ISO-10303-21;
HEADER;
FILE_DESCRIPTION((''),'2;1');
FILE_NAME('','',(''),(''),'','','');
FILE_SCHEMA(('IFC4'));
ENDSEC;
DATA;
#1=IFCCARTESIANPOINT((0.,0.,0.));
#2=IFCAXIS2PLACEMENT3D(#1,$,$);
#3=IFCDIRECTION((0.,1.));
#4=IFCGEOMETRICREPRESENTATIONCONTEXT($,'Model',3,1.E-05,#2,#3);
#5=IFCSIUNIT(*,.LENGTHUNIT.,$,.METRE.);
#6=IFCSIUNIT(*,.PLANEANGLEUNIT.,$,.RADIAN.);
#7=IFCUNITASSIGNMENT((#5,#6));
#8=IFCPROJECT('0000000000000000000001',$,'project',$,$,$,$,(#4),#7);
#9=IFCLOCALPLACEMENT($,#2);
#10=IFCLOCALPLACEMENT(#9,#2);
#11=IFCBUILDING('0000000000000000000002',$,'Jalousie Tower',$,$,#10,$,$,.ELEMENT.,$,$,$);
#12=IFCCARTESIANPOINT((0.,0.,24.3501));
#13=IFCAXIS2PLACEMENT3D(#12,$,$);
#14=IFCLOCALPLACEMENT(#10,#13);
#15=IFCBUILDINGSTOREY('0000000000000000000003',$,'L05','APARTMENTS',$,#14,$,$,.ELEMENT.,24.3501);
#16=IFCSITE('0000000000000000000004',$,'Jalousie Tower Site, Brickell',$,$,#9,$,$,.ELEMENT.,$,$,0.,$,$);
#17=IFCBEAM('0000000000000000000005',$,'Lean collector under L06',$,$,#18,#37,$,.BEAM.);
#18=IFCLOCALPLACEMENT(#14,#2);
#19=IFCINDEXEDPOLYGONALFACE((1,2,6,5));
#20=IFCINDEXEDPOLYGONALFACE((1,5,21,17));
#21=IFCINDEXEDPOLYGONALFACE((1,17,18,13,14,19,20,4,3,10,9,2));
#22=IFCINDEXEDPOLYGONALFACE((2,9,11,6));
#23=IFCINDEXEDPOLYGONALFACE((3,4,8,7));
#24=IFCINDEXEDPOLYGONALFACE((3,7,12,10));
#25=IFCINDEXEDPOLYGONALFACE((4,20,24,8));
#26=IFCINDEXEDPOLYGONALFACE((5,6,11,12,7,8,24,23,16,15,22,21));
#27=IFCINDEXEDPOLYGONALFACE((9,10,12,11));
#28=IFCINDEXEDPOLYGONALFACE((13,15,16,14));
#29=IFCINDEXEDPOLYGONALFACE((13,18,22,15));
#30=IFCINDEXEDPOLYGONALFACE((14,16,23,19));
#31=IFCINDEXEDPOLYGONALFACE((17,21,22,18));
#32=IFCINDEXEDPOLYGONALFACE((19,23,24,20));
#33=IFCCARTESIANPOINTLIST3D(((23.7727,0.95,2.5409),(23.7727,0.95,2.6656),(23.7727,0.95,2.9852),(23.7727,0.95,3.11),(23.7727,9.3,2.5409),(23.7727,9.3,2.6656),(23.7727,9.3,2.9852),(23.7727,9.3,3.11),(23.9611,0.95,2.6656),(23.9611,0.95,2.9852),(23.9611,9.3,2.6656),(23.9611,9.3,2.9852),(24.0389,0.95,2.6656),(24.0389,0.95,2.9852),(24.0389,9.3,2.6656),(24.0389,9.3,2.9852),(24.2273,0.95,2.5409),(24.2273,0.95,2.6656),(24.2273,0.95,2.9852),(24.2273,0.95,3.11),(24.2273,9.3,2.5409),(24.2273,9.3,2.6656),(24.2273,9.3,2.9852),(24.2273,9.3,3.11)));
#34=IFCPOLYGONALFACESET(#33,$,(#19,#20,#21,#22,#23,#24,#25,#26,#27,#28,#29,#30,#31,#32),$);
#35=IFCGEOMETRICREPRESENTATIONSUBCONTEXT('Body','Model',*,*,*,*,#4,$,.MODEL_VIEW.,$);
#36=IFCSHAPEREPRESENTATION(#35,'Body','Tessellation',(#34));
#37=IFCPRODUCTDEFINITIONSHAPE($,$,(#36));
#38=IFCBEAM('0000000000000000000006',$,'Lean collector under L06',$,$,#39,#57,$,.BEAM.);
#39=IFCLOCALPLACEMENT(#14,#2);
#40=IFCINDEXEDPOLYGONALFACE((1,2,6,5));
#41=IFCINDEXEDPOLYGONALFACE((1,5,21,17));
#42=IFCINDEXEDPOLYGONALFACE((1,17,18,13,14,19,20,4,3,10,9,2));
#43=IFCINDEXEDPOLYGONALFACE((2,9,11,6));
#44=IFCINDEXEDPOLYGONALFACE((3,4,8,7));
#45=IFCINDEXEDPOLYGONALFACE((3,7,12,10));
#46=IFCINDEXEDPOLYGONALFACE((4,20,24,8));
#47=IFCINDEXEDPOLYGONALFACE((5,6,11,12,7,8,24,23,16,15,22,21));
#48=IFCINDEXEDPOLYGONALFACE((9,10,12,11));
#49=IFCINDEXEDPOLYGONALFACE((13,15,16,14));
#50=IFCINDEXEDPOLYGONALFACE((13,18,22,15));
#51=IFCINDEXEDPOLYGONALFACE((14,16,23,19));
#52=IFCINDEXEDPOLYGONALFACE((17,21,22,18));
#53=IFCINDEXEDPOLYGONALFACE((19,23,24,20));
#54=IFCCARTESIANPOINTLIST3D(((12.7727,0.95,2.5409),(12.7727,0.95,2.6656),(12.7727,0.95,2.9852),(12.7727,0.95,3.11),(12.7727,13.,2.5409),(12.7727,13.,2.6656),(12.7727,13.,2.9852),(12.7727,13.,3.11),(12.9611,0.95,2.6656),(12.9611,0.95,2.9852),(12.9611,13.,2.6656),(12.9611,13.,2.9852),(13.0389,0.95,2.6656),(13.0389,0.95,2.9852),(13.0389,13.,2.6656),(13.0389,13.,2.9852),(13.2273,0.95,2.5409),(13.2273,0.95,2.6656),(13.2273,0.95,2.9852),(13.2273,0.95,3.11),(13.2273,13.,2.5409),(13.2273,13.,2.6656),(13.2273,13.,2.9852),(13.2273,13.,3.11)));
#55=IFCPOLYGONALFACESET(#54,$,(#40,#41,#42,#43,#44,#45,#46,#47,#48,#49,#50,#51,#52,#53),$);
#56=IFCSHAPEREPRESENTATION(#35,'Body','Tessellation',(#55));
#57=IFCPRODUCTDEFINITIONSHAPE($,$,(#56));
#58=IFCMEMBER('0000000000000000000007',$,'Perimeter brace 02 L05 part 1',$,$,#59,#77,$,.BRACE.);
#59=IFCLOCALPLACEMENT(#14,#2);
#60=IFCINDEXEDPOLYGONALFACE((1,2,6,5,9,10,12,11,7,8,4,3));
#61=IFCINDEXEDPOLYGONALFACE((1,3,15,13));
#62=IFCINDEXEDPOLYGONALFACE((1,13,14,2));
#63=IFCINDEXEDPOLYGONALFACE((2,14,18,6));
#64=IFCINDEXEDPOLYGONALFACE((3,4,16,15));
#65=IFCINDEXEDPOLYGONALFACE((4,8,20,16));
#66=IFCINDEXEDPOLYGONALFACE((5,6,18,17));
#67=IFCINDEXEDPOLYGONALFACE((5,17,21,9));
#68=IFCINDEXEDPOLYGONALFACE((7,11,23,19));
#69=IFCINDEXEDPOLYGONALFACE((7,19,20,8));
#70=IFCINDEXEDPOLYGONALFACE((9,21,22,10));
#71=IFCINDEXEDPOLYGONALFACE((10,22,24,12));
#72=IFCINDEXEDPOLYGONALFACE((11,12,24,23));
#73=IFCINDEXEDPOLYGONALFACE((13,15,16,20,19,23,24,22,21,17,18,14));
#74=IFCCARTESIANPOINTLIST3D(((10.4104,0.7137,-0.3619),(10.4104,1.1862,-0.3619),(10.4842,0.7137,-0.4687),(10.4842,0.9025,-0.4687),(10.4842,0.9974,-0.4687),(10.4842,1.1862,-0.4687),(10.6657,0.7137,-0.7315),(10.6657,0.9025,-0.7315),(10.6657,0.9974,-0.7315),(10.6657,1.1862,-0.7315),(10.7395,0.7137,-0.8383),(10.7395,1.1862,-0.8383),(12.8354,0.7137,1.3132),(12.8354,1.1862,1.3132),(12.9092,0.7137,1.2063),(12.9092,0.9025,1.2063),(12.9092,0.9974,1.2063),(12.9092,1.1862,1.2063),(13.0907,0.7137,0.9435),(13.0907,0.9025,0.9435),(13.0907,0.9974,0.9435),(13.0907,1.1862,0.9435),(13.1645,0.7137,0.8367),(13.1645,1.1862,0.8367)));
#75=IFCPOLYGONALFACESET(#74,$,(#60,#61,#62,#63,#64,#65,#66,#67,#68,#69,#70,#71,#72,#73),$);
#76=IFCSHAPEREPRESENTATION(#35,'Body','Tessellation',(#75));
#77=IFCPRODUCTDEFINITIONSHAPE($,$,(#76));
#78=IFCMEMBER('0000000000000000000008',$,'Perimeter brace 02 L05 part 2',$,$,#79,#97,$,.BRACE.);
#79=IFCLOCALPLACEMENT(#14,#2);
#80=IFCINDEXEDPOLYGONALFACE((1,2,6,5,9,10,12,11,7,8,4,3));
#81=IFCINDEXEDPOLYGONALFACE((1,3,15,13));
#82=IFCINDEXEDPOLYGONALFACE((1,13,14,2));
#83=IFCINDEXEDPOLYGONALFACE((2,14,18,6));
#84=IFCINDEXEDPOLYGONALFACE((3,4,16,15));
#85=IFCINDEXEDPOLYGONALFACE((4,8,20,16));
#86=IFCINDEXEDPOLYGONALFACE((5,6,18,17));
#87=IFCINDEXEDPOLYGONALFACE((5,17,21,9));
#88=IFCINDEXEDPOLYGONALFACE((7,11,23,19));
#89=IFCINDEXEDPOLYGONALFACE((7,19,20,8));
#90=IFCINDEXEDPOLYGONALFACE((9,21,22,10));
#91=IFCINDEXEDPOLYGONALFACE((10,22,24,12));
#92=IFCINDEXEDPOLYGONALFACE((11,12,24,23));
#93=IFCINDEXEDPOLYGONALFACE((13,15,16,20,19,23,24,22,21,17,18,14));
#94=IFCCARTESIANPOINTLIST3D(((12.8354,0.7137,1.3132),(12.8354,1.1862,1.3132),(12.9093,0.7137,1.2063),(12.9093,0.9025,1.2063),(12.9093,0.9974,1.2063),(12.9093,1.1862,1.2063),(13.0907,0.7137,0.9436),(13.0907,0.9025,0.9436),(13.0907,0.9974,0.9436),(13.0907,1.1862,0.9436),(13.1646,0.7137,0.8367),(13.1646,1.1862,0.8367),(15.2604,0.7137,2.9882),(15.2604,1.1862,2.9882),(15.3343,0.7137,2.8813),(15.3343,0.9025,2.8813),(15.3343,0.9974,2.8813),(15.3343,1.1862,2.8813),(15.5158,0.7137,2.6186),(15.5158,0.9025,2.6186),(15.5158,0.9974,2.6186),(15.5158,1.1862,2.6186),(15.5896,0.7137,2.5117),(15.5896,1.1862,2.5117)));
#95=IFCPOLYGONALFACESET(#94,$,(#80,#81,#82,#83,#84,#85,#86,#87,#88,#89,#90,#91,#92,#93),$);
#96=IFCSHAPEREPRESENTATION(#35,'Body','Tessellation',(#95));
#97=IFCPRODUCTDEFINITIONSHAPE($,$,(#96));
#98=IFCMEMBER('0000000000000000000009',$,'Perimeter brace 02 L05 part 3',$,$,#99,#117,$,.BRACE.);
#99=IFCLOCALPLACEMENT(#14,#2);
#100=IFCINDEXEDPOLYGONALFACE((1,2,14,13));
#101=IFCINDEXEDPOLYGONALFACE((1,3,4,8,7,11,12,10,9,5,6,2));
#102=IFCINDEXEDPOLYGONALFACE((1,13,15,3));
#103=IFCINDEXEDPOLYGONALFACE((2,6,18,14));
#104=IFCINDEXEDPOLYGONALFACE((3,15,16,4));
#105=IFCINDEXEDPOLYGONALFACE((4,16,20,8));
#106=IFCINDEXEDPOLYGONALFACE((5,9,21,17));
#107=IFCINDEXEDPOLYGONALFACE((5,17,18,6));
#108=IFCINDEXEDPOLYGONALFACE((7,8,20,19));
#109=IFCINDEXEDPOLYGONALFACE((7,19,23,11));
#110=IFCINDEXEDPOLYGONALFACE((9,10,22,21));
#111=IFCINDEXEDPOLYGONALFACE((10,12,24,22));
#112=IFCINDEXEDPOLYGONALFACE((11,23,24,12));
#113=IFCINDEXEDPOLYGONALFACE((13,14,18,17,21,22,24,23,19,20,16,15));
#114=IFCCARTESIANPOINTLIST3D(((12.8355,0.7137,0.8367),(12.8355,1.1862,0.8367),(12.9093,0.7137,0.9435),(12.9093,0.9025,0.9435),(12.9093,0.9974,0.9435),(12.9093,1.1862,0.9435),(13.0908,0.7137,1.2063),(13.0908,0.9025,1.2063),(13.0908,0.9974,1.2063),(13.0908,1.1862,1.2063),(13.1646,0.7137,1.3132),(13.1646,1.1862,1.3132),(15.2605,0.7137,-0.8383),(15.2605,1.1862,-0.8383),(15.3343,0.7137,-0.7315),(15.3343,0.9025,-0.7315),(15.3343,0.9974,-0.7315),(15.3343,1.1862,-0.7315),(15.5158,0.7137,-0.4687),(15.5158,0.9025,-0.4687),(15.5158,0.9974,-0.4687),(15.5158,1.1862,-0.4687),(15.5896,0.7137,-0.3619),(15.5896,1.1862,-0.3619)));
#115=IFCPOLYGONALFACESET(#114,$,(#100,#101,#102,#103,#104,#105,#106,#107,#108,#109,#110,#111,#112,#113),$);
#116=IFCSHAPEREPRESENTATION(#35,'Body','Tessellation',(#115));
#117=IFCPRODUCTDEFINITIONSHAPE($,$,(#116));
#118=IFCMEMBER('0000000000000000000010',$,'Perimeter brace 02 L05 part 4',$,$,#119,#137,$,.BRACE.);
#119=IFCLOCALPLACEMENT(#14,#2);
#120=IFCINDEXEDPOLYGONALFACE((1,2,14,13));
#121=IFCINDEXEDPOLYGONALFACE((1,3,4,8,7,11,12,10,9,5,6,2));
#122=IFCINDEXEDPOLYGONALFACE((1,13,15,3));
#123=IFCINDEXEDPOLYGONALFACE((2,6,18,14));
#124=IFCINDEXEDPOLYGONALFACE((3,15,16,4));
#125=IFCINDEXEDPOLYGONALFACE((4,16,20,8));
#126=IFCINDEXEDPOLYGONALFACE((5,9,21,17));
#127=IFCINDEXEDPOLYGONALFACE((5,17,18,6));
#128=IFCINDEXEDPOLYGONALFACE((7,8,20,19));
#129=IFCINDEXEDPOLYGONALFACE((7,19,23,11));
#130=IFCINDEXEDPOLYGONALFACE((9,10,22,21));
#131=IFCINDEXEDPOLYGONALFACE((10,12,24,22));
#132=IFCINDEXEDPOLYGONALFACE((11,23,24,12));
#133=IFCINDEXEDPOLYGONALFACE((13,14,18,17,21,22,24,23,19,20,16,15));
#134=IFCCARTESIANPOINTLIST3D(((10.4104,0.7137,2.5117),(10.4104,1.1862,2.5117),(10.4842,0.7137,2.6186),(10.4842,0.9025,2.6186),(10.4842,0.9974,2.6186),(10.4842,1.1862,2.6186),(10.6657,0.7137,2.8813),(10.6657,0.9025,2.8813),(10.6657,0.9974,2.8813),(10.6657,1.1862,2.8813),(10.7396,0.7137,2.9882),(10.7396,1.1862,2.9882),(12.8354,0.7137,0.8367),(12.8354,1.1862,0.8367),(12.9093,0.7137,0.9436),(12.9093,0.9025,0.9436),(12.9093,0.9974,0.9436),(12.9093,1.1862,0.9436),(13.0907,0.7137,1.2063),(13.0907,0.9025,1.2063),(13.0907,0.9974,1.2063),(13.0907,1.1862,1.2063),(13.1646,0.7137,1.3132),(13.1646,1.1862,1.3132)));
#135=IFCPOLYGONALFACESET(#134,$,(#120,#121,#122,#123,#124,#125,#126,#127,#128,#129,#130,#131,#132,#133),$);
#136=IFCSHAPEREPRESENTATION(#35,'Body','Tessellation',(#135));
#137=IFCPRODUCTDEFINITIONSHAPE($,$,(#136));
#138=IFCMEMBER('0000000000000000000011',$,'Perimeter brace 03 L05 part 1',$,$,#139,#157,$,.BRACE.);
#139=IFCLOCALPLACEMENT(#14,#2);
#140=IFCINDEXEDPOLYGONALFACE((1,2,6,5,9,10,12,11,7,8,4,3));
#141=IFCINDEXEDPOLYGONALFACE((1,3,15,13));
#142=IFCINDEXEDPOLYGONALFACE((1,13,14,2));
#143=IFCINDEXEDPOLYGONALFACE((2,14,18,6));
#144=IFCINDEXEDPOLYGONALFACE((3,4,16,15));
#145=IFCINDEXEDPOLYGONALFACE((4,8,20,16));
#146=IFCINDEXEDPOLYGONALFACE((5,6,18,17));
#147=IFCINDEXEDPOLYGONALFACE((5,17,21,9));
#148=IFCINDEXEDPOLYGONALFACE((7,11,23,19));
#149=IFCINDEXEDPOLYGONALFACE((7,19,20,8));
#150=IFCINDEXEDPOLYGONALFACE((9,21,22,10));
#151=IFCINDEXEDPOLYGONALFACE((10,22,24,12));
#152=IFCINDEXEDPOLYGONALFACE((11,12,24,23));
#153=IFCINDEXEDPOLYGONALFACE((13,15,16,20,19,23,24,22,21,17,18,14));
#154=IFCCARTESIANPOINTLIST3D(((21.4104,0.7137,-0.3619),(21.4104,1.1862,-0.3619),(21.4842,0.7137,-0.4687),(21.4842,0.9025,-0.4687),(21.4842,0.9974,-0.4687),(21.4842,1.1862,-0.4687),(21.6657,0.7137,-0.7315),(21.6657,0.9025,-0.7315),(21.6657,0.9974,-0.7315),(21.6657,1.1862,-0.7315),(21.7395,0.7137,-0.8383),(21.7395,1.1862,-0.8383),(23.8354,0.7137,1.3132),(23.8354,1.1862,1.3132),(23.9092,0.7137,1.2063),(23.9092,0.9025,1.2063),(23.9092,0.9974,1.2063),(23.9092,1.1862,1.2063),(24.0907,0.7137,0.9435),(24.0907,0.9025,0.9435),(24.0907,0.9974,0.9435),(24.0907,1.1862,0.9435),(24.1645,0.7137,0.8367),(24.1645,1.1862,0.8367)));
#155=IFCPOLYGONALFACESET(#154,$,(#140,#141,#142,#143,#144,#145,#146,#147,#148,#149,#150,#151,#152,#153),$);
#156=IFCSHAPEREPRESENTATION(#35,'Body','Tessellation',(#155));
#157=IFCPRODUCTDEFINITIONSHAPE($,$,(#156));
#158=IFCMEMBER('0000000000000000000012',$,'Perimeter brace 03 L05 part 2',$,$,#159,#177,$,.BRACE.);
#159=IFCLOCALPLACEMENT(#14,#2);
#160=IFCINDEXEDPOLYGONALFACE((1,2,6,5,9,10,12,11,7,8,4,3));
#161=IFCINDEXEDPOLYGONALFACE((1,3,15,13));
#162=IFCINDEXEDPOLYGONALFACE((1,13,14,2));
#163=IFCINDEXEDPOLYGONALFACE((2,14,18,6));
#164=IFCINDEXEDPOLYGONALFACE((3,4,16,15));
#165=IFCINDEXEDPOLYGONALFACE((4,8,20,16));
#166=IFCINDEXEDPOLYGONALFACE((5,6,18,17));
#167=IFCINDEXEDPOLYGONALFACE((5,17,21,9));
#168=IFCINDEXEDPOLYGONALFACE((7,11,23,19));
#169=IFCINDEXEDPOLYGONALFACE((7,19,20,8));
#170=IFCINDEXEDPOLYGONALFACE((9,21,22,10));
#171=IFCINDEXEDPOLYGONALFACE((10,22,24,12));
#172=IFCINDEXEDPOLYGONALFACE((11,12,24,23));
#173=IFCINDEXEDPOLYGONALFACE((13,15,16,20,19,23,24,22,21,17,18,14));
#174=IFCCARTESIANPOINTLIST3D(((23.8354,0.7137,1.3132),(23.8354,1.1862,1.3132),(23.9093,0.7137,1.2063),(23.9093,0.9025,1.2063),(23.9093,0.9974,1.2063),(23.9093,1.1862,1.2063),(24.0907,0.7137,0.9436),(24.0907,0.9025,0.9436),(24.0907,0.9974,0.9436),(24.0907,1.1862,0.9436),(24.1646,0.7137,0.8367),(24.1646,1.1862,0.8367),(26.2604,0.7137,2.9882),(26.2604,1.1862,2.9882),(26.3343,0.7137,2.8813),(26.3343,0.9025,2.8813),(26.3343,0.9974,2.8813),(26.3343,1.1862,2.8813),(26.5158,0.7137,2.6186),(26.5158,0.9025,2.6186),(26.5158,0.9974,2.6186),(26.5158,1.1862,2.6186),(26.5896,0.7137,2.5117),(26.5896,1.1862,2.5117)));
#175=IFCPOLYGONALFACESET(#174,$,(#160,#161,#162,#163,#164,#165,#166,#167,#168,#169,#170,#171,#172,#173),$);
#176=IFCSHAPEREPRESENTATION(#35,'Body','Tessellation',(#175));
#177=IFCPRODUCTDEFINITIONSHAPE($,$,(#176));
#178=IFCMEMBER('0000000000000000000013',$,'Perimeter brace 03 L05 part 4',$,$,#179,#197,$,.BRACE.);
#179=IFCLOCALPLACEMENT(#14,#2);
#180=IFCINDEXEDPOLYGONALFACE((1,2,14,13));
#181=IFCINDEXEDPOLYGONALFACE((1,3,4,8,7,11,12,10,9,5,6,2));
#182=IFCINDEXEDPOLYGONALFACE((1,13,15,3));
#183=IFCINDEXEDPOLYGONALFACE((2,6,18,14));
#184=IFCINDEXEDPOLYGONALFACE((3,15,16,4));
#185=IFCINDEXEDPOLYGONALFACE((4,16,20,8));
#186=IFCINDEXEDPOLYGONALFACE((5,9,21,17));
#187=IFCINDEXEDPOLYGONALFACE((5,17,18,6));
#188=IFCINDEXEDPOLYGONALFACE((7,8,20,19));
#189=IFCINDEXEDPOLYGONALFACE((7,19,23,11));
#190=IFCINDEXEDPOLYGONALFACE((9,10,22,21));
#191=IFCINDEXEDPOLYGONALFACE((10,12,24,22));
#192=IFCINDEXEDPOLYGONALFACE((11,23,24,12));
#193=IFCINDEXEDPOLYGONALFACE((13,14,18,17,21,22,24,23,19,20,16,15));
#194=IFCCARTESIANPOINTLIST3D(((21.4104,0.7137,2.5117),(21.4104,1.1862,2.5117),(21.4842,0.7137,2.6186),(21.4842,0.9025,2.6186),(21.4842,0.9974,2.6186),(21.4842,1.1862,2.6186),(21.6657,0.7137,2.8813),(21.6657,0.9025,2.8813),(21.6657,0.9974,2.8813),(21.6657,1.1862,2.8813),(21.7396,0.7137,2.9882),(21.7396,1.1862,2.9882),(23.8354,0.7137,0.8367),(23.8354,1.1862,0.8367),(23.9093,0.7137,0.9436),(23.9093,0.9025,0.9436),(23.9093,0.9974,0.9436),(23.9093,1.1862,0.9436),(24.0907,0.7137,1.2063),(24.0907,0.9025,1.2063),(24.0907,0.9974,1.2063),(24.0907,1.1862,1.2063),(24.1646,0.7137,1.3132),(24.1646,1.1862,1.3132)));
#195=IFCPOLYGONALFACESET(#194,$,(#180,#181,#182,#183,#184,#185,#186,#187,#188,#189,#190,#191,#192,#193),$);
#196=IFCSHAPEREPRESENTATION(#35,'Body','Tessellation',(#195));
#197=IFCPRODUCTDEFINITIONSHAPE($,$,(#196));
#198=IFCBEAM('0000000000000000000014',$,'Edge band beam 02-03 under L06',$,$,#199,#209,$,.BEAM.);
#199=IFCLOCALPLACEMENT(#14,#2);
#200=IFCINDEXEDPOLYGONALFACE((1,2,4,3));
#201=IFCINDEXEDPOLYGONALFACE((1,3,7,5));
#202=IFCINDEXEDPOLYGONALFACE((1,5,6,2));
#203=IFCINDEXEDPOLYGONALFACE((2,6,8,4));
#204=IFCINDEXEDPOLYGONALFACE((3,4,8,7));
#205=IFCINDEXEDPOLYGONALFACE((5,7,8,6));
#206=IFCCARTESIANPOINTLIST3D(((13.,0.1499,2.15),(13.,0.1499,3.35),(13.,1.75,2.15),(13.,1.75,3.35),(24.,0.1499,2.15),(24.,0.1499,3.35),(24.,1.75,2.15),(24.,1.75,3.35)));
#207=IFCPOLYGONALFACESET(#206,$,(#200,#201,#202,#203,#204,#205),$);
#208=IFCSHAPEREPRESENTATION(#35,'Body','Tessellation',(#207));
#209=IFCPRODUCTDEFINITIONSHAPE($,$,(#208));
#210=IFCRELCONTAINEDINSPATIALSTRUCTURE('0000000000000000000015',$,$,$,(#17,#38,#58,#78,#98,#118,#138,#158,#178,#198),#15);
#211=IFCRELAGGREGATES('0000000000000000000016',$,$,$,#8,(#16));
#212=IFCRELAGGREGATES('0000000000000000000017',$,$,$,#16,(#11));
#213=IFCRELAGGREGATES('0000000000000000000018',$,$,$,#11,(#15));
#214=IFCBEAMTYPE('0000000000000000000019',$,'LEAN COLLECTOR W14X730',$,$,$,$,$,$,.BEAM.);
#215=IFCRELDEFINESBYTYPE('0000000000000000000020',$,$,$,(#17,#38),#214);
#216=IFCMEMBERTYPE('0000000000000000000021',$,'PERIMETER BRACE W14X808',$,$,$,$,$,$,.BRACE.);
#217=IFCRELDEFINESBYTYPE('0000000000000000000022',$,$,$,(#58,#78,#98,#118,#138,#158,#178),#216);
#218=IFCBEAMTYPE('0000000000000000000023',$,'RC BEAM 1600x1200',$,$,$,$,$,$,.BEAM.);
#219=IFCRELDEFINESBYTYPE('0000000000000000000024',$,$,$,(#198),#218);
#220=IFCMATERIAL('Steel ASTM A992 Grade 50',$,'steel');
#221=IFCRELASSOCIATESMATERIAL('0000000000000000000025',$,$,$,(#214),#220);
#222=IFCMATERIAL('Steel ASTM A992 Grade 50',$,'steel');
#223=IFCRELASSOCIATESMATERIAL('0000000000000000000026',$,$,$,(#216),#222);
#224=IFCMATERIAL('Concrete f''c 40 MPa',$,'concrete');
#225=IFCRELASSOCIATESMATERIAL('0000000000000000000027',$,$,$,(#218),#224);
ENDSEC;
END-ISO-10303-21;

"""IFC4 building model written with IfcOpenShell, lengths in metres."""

from ifc_helpers import new_model, si_unit, direction, frame, origin, origin_2d, place, context, subcontext, project, spatial, rectangle, i_section, extrude, material, material_profile, profile_set, type_object, element, save


model = new_model("IFC4")

# Units and contexts
model_context = context("Model", 3, precision=1e-05, world=origin(), true_north=direction((0.0, 1.0)))
body_context = subcontext(model_context, "Body", "Model", "MODEL_VIEW")
ifc_project = project(units=[si_unit("LENGTHUNIT", "METRE"), si_unit("PLANEANGLEUNIT", "RADIAN")], contexts=[model_context])

# Site, building, storey
site_placement = place(None, origin())
site = spatial("IfcSite", under=ifc_project, at=site_placement, Name="Jalousie Tower Site, Brickell", CompositionType="ELEMENT", RefElevation=0.0)
building_placement = place(site_placement, origin())
building = spatial("IfcBuilding", under=site, at=building_placement, Name="Jalousie Tower", CompositionType="ELEMENT")
storey_placement = place(building_placement, frame((0.0, 0.0, 24.3501)))
storey = spatial("IfcBuildingStorey", under=building, at=storey_placement, Name="L05", Description="APARTMENTS", CompositionType="ELEMENT", Elevation=24.3501)

# Beams
ifc_material_1 = material(Name="Steel ASTM A992 Grade 50", Category="steel")
ifc_material_profile_1 = material_profile(ifc_material_1, i_section(OverallWidth=0.4546, OverallDepth=0.5691, WebThickness=0.0779, FlangeThickness=0.1248, at=origin_2d()), Name="W14X730")
ifc_profile_set_1 = profile_set([ifc_material_profile_1], Name="Steel ASTM A992 Grade 50")
beam_type_1 = type_object("IfcBeamType", Name="LEAN COLLECTOR W14X730", PredefinedType="BEAM", material=ifc_profile_set_1)
beam_1_placement = place(storey_placement, frame((24.0, 0.95, 2.8254), z_axis=(0.0, 1.0, 0.0), x_axis=(-1.0, 0.0, 0.0)))
element("IfcBeam", 1, at=beam_1_placement, inside=storey, type_object=beam_type_1, Name="Lean collector under L06", PredefinedType="BEAM", context=body_context, shape_type="SweptSolid", body=[
    extrude(i_section(OverallWidth=0.4546, OverallDepth=0.5691, WebThickness=0.0779, FlangeThickness=0.1248, at=origin_2d()), origin(), (0.0, 0.0, 1.0), 8.3501),
])
beam_2_placement = place(storey_placement, frame((13.0, 0.95, 2.8254), z_axis=(0.0, 1.0, 0.0), x_axis=(-1.0, 0.0, 0.0)))
element("IfcBeam", 2, at=beam_2_placement, inside=storey, type_object=beam_type_1, Name="Lean collector under L06", PredefinedType="BEAM", context=body_context, shape_type="SweptSolid", body=[
    extrude(i_section(OverallWidth=0.4546, OverallDepth=0.5691, WebThickness=0.0779, FlangeThickness=0.1248, at=origin_2d()), origin(), (0.0, 0.0, 1.0), 12.05),
])

# Members
ifc_material_2 = material(Name="Steel ASTM A992 Grade 50", Category="steel")
ifc_material_profile_2 = material_profile(ifc_material_2, i_section(OverallWidth=0.4724, OverallDepth=0.5791, WebThickness=0.095, FlangeThickness=0.1299, at=origin_2d()), Name="W14X808")
ifc_profile_set_2 = profile_set([ifc_material_profile_2], Name="Steel ASTM A992 Grade 50")
member_type_1 = type_object("IfcMemberType", Name="PERIMETER BRACE W14X808", PredefinedType="BRACE", material=ifc_profile_set_2)
for number, where, z_axis, x_axis, name in (
    (3, (10.575, 0.95, -0.6001), (0.8228, 0.0, 0.568331), (0.0, 1.0, 0.0), "Perimeter brace 02 L05 part 1"),
    (4, (13.0, 0.95, 1.075), (0.8228, 0.0, 0.568331), (0.0, 1.0, 0.0), "Perimeter brace 02 L05 part 2"),
    (5, (15.425, 0.95, -0.6001), (-0.8228, 0.0, 0.568331), (0.0, -1.0, 0.0), "Perimeter brace 02 L05 part 3"),
    (6, (13.0, 0.95, 1.075), (-0.8228, 0.0, 0.568331), (0.0, -1.0, 0.0), "Perimeter brace 02 L05 part 4"),
    (7, (21.575, 0.95, -0.6001), (0.8228, 0.0, 0.568331), (0.0, 1.0, 0.0), "Perimeter brace 03 L05 part 1"),
    (8, (24.0, 0.95, 1.075), (0.8228, 0.0, 0.568331), (0.0, 1.0, 0.0), "Perimeter brace 03 L05 part 2"),
    (9, (24.0, 0.95, 1.075), (-0.8228, 0.0, 0.568331), (0.0, -1.0, 0.0), "Perimeter brace 03 L05 part 4"),
):
    element("IfcMember", number, at=place(storey_placement, frame(where, z_axis=z_axis, x_axis=x_axis)), inside=storey, type_object=member_type_1, Name=name, PredefinedType="BRACE", context=body_context, shape_type="SweptSolid", body=[
        extrude(i_section(OverallWidth=0.4724, OverallDepth=0.5791, WebThickness=0.095, FlangeThickness=0.1299, at=origin_2d()), origin(), (0.0, 0.0, 1.0), 2.9473),
    ])

# Beam
ifc_material_3 = material(Name="Concrete f'c 40 MPa", Category="concrete")
ifc_material_profile_3 = material_profile(ifc_material_3, rectangle(XDim=1.6001, YDim=1.2, at=origin_2d()), Name="RC 1600x1200")
ifc_profile_set_3 = profile_set([ifc_material_profile_3], Name="Concrete f'c 40 MPa")
beam_type_2 = type_object("IfcBeamType", Name="RC BEAM 1600x1200", PredefinedType="BEAM", material=ifc_profile_set_3)
for number, where, z_axis, x_axis, name in (
    (10, (13.0, 0.95, 2.75), (1.0, 0.0, 0.0), (0.0, 1.0, 0.0), "Edge band beam 02-03 under L06"),
):
    element("IfcBeam", number, at=place(storey_placement, frame(where, z_axis=z_axis, x_axis=x_axis)), inside=storey, type_object=beam_type_2, Name=name, PredefinedType="BEAM", context=body_context, shape_type="SweptSolid", body=[
        extrude(rectangle(XDim=1.6001, YDim=1.2, at=origin_2d()), origin(), (0.0, 0.0, 1.0), 11.0),
    ])

save(model, "model.ifc")
